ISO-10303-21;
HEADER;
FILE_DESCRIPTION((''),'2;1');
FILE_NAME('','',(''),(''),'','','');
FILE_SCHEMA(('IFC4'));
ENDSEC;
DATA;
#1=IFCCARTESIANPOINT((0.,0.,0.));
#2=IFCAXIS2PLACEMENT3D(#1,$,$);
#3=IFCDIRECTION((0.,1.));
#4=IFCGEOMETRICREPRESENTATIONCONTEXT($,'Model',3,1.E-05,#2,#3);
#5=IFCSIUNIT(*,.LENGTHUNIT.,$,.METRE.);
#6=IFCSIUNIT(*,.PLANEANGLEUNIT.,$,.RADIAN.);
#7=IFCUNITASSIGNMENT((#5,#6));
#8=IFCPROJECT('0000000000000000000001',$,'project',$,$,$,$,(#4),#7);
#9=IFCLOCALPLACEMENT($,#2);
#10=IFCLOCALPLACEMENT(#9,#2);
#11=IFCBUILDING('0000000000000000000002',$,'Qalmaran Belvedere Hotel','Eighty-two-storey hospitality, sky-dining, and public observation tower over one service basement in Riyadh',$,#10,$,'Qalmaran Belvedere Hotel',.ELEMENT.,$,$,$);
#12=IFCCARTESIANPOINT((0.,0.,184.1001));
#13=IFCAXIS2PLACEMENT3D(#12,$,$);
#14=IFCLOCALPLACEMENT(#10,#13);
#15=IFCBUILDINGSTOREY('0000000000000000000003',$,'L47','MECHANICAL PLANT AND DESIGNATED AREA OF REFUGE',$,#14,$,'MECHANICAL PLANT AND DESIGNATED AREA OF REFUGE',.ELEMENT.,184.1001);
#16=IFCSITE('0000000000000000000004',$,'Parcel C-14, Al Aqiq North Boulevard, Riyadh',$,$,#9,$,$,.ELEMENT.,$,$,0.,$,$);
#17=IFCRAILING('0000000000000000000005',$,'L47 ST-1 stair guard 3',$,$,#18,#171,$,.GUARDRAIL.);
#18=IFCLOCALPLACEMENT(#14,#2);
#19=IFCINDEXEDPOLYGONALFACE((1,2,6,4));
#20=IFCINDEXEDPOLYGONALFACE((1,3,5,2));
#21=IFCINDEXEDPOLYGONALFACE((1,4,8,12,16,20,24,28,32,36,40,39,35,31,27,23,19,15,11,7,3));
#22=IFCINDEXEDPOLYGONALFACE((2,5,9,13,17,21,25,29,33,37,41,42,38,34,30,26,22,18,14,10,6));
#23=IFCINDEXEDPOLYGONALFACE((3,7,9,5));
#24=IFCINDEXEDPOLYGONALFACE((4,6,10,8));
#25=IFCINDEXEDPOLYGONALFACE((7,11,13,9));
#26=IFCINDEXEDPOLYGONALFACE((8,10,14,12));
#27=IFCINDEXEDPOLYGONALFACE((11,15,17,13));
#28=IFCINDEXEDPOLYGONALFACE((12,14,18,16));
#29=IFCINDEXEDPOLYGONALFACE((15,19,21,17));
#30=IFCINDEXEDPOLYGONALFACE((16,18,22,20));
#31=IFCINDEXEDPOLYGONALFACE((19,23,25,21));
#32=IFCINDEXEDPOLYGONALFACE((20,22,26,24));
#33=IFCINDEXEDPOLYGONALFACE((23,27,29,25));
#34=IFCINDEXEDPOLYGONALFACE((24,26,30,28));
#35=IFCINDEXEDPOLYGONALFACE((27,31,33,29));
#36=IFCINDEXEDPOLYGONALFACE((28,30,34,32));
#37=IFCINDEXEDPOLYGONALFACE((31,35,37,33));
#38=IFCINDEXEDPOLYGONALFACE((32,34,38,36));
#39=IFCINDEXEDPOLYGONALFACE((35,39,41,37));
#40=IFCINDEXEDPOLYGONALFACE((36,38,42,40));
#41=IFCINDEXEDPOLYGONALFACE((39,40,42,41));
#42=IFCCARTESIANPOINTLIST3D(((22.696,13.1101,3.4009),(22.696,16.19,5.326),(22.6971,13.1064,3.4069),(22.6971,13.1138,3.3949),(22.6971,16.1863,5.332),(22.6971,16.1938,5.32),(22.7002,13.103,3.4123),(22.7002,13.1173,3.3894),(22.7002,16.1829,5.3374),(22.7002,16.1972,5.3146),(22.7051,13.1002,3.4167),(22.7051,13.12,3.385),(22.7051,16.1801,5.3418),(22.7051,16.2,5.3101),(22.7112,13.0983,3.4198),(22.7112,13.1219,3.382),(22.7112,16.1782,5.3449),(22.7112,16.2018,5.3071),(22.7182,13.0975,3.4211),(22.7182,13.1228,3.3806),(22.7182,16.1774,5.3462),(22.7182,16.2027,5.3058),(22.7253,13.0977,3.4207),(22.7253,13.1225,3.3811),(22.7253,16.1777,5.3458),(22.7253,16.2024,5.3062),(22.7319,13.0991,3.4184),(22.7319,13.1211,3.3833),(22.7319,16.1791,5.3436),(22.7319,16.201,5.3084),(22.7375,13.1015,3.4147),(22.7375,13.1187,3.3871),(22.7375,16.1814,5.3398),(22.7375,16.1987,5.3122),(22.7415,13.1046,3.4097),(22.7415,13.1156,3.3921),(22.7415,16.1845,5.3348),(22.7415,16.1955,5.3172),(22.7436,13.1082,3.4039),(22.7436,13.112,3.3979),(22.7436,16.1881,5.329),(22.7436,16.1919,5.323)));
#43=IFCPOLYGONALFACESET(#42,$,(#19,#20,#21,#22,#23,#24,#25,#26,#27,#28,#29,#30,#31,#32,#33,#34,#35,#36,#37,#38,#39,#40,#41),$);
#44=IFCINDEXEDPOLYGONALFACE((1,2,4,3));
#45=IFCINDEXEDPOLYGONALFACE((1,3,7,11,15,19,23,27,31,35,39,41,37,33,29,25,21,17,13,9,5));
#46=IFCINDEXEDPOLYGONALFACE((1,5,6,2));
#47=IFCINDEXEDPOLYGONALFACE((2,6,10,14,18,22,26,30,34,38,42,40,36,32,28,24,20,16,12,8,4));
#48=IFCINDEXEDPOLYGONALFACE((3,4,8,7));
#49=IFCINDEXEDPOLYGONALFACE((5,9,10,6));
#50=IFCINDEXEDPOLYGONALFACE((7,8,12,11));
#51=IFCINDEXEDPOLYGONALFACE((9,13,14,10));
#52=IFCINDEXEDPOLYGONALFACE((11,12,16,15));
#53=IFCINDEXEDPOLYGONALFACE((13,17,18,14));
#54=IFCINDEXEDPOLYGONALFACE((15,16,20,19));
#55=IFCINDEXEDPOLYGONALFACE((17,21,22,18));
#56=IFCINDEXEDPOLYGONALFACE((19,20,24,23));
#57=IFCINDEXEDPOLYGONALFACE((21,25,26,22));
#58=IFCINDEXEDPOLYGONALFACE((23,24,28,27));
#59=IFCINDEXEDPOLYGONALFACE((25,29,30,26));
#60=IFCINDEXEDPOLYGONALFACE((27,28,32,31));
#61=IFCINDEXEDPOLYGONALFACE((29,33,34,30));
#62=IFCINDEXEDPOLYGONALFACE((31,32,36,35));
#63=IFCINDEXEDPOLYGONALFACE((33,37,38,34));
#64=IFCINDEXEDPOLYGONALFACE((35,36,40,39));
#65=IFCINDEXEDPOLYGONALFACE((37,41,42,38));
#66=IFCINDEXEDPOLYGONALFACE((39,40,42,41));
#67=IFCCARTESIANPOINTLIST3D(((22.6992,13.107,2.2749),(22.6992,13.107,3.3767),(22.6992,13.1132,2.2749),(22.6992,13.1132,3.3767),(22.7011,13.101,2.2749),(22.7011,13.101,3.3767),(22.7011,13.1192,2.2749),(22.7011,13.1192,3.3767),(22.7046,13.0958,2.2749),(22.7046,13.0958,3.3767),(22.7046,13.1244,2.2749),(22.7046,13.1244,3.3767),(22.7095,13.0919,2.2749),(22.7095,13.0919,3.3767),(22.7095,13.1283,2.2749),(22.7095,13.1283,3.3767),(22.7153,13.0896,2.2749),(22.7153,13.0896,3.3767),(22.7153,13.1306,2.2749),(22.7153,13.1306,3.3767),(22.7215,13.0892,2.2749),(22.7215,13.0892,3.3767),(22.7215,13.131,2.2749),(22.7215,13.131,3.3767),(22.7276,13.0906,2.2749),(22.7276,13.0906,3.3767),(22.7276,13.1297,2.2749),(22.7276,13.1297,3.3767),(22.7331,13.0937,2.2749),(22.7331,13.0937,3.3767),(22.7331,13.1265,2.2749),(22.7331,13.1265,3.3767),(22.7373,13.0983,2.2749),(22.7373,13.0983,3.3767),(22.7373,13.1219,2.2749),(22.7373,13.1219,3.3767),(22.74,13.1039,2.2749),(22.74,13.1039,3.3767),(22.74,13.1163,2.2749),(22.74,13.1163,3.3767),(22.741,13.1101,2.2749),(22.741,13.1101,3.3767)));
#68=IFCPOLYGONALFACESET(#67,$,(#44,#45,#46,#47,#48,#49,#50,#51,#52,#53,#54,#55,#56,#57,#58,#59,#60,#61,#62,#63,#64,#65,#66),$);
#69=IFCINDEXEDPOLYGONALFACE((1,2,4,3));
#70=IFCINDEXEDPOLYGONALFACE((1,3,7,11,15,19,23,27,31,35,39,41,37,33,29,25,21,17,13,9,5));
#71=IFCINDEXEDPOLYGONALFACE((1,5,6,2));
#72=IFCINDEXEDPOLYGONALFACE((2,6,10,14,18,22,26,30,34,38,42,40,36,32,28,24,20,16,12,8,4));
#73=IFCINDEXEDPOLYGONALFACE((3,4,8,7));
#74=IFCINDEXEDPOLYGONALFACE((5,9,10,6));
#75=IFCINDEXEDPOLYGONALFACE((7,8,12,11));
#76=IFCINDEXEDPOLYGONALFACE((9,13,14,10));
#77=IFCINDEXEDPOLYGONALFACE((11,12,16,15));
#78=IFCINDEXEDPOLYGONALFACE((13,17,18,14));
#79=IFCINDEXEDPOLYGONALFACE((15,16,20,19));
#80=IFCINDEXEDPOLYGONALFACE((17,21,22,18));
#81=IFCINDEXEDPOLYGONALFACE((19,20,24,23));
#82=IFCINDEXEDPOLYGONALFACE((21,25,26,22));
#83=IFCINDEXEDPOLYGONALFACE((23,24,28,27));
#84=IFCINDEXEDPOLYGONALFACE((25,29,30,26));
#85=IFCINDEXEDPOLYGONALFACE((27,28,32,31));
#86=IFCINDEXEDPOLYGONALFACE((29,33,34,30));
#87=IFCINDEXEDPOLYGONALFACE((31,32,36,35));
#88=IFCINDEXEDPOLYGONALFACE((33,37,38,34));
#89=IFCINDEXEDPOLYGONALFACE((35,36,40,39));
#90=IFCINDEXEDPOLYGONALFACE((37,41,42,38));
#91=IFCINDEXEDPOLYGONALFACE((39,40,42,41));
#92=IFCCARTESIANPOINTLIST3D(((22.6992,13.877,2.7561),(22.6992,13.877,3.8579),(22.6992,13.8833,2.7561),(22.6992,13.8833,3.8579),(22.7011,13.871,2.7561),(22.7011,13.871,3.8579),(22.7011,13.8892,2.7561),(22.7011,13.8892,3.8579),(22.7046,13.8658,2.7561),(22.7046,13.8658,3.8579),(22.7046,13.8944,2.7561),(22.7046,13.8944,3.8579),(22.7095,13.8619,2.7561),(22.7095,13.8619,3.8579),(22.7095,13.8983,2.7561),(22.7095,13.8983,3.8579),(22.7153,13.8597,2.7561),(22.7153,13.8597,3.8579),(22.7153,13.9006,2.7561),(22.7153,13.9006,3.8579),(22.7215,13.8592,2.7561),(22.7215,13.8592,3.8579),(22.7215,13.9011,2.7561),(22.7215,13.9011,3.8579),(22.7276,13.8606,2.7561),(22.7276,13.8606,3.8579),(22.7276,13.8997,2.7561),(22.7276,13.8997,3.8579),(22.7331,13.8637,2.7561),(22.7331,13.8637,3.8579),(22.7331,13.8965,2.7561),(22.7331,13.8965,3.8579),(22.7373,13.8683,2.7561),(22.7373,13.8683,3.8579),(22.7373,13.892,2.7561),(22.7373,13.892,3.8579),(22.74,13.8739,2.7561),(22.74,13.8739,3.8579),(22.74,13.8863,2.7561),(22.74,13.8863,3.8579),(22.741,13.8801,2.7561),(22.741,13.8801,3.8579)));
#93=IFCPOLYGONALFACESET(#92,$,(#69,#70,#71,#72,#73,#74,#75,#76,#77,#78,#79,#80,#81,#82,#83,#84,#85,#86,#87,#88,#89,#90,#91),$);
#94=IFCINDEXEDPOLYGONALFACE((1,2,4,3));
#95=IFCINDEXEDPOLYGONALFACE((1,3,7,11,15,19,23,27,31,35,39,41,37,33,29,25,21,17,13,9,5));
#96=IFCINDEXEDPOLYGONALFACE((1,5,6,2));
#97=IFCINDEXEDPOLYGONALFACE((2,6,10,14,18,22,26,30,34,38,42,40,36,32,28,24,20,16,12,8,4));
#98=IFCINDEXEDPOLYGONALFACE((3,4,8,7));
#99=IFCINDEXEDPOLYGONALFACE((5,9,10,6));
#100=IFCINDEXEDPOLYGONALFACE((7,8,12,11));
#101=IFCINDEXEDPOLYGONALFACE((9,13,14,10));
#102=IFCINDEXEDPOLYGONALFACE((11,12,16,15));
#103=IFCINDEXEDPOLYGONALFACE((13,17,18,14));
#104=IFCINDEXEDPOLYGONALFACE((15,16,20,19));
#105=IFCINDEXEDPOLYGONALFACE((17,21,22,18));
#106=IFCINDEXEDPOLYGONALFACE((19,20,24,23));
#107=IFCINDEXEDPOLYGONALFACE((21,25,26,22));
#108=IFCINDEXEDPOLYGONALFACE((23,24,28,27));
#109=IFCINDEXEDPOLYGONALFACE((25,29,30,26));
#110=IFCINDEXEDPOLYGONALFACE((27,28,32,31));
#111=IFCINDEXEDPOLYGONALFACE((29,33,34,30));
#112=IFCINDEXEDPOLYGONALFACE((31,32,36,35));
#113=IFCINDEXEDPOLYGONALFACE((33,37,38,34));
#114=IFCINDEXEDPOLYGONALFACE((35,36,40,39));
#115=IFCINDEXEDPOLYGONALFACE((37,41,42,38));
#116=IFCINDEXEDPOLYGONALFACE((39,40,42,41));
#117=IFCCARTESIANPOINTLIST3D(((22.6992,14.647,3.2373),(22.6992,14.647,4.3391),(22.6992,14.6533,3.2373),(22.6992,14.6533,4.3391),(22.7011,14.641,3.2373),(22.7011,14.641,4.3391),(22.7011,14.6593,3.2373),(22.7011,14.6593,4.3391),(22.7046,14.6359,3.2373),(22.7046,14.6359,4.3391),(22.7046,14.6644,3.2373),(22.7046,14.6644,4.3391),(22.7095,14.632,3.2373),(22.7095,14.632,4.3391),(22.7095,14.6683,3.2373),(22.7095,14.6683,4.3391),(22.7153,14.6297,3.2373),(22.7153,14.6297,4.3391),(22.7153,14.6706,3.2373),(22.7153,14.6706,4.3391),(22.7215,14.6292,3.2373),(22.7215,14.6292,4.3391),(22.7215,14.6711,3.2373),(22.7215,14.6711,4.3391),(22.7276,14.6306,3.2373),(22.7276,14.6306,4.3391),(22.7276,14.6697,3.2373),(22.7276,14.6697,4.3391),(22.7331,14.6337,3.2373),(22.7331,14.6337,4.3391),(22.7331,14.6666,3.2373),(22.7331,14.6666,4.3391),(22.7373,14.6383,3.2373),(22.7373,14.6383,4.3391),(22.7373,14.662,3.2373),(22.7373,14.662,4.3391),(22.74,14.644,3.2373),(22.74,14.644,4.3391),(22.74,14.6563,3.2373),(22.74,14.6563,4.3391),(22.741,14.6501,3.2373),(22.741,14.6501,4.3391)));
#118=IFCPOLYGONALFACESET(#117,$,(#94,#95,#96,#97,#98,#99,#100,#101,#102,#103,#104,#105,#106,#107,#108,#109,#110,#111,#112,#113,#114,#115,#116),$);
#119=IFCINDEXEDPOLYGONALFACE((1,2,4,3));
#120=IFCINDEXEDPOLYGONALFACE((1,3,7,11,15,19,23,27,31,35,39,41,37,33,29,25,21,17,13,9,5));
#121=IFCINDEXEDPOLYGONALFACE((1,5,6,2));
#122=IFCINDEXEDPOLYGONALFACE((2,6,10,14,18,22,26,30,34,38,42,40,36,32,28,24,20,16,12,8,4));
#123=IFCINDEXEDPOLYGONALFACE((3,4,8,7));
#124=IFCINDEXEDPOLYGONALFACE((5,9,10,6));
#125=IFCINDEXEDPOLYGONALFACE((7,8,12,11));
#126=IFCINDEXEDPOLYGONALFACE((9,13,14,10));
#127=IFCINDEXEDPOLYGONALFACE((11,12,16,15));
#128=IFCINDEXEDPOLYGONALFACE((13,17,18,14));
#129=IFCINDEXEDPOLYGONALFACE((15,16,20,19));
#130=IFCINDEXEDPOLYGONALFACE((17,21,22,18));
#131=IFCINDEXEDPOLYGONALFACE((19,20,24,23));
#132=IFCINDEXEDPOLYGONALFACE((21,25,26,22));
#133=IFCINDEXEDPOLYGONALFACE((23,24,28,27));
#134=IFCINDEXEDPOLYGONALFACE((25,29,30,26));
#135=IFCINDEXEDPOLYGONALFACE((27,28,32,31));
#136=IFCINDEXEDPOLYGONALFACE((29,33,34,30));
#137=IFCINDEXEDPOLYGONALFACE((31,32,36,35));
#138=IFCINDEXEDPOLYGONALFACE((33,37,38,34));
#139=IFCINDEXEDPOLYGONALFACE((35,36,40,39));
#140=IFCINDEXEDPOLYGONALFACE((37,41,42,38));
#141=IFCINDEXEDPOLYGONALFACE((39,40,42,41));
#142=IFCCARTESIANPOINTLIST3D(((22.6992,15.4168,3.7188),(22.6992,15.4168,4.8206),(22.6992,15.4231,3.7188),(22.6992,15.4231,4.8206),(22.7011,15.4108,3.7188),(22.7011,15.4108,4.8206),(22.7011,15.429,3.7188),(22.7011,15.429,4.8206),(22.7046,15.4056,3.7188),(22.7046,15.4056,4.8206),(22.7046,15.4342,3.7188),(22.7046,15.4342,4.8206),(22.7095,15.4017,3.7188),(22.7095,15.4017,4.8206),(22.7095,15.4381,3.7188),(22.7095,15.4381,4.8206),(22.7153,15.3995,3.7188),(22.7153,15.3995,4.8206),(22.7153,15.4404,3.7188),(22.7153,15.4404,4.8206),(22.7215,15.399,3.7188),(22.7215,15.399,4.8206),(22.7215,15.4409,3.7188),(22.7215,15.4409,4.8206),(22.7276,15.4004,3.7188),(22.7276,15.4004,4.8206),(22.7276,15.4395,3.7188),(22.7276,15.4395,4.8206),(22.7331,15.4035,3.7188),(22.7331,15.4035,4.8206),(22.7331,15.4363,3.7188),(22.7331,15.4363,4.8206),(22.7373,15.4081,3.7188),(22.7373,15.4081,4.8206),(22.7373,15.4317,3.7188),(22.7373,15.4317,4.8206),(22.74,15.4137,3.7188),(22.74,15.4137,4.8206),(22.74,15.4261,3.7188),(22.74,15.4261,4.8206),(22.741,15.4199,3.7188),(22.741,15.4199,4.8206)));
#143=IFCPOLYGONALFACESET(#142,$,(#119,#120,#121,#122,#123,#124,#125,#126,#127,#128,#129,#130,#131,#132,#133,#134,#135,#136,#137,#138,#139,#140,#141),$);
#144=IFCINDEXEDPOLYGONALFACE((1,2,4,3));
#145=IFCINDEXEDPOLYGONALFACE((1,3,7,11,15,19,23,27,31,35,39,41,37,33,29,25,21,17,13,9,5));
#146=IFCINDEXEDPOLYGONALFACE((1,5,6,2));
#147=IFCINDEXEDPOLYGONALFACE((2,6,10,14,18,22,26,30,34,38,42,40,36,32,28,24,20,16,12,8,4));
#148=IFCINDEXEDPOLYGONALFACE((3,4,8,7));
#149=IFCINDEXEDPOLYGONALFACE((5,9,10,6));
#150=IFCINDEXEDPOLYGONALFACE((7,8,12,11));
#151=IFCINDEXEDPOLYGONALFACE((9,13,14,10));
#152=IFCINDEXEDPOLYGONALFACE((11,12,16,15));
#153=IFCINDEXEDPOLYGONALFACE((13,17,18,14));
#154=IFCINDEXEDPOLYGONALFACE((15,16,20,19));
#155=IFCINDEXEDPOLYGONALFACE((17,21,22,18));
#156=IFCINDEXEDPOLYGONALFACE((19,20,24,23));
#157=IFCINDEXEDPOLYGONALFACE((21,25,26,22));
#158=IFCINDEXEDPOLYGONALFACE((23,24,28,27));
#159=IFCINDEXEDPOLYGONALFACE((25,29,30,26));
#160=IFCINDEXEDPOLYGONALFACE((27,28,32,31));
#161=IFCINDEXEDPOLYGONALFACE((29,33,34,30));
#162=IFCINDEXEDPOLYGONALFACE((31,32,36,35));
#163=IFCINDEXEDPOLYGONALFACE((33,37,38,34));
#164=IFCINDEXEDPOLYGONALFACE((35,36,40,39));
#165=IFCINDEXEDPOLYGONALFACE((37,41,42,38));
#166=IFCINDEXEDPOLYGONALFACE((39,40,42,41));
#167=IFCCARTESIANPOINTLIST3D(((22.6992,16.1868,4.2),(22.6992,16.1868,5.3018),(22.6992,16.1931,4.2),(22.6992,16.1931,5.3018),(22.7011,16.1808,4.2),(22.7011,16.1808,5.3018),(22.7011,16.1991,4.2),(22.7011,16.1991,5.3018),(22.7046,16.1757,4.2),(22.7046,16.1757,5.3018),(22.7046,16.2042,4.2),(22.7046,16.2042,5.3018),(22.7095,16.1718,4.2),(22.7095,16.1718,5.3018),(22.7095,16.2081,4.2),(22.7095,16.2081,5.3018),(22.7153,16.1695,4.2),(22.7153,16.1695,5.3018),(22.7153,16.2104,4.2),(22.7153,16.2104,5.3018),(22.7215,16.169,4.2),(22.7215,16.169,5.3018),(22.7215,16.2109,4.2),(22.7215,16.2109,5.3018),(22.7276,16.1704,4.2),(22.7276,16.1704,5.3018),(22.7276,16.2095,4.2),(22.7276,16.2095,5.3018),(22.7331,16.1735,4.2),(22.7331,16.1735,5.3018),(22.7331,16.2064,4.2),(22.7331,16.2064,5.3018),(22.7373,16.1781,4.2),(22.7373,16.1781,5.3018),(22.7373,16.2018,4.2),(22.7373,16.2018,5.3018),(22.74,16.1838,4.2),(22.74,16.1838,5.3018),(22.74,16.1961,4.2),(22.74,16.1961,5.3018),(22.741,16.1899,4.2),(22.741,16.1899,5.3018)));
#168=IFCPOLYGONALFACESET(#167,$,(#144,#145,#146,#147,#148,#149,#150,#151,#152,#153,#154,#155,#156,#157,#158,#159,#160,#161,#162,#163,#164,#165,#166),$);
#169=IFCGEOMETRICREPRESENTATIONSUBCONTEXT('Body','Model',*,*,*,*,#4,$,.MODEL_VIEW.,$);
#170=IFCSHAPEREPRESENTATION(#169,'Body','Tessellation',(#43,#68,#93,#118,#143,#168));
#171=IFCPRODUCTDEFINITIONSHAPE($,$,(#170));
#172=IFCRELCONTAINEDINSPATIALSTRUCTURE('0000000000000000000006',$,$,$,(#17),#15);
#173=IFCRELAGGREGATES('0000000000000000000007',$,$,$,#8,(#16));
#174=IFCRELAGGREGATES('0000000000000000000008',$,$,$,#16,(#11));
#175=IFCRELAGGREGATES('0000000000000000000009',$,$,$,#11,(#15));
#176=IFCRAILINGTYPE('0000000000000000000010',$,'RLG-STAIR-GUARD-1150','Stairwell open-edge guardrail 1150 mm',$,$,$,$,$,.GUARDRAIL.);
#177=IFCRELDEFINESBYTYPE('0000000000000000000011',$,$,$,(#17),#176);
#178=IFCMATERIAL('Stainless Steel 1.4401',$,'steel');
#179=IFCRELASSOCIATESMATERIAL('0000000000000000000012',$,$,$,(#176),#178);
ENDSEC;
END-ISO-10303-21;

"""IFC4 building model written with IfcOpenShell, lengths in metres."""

from ifc_helpers import new_model, si_unit, direction, frame, origin, origin_2d, place, context, subcontext, project, spatial, circle, extrude, material, type_object, element, save


model = new_model("IFC4")

# Units and contexts
model_context = context("Model", 3, precision=1e-05, world=origin(), true_north=direction((0.0, 1.0)))
body_context = subcontext(model_context, "Body", "Model", "MODEL_VIEW")
ifc_project = project(units=[si_unit("LENGTHUNIT", "METRE"), si_unit("PLANEANGLEUNIT", "RADIAN")], contexts=[model_context])

# Site, building, storey
site_placement = place(None, origin())
site = spatial("IfcSite", under=ifc_project, at=site_placement, Name="Parcel C-14, Al Aqiq North Boulevard, Riyadh", CompositionType="ELEMENT", RefElevation=0.0)
building_placement = place(site_placement, origin())
building = spatial("IfcBuilding", under=site, at=building_placement, Name="Qalmaran Belvedere Hotel", Description="Eighty-two-storey hospitality, sky-dining, and public observation tower over one service basement in Riyadh", LongName="Qalmaran Belvedere Hotel", CompositionType="ELEMENT")
storey_placement = place(building_placement, frame((0.0, 0.0, 184.1001)))
storey = spatial("IfcBuildingStorey", under=building, at=storey_placement, Name="L47", Description="MECHANICAL PLANT AND DESIGNATED AREA OF REFUGE", LongName="MECHANICAL PLANT AND DESIGNATED AREA OF REFUGE", CompositionType="ELEMENT", Elevation=184.1001)

# Railing
ifc_material_1 = material(Name="Stainless Steel 1.4401", Category="steel")
railing_type = type_object("IfcRailingType", Name="RLG-STAIR-GUARD-1150", Description="Stairwell open-edge guardrail 1150 mm", PredefinedType="GUARDRAIL", material=ifc_material_1)
railing_1_placement = place(storey_placement, frame((22.72, 13.1101, 2.2749)))
element("IfcRailing", 1, at=railing_1_placement, inside=storey, type_object=railing_type, Name="L47 ST-1 stair guard 3", PredefinedType="GUARDRAIL", context=body_context, shape_type="SweptSolid", body=[
    extrude(circle(Radius=0.0239, at=origin_2d()), frame((0.0, 0.0, 1.126), z_axis=(0.0, 0.847979, 0.530029), x_axis=(-1.0, 0.0, 0.0)), (0.0, 0.0, 1.0), 3.6321),
    extrude(circle(Radius=0.021, at=origin_2d()), origin(), (0.0, 0.0, 1.0), 1.1018),
    extrude(circle(Radius=0.021, at=origin_2d()), frame((0.0, 0.77, 0.4812)), (0.0, 0.0, 1.0), 1.1018),
    extrude(circle(Radius=0.021, at=origin_2d()), frame((0.0, 1.54, 0.9624)), (0.0, 0.0, 1.0), 1.1018),
    extrude(circle(Radius=0.021, at=origin_2d()), frame((0.0, 2.3098, 1.4438)), (0.0, 0.0, 1.0), 1.1018),
    extrude(circle(Radius=0.021, at=origin_2d()), frame((0.0, 3.0798, 1.925)), (0.0, 0.0, 1.0), 1.1018),
])

save(model, "model.ifc")
